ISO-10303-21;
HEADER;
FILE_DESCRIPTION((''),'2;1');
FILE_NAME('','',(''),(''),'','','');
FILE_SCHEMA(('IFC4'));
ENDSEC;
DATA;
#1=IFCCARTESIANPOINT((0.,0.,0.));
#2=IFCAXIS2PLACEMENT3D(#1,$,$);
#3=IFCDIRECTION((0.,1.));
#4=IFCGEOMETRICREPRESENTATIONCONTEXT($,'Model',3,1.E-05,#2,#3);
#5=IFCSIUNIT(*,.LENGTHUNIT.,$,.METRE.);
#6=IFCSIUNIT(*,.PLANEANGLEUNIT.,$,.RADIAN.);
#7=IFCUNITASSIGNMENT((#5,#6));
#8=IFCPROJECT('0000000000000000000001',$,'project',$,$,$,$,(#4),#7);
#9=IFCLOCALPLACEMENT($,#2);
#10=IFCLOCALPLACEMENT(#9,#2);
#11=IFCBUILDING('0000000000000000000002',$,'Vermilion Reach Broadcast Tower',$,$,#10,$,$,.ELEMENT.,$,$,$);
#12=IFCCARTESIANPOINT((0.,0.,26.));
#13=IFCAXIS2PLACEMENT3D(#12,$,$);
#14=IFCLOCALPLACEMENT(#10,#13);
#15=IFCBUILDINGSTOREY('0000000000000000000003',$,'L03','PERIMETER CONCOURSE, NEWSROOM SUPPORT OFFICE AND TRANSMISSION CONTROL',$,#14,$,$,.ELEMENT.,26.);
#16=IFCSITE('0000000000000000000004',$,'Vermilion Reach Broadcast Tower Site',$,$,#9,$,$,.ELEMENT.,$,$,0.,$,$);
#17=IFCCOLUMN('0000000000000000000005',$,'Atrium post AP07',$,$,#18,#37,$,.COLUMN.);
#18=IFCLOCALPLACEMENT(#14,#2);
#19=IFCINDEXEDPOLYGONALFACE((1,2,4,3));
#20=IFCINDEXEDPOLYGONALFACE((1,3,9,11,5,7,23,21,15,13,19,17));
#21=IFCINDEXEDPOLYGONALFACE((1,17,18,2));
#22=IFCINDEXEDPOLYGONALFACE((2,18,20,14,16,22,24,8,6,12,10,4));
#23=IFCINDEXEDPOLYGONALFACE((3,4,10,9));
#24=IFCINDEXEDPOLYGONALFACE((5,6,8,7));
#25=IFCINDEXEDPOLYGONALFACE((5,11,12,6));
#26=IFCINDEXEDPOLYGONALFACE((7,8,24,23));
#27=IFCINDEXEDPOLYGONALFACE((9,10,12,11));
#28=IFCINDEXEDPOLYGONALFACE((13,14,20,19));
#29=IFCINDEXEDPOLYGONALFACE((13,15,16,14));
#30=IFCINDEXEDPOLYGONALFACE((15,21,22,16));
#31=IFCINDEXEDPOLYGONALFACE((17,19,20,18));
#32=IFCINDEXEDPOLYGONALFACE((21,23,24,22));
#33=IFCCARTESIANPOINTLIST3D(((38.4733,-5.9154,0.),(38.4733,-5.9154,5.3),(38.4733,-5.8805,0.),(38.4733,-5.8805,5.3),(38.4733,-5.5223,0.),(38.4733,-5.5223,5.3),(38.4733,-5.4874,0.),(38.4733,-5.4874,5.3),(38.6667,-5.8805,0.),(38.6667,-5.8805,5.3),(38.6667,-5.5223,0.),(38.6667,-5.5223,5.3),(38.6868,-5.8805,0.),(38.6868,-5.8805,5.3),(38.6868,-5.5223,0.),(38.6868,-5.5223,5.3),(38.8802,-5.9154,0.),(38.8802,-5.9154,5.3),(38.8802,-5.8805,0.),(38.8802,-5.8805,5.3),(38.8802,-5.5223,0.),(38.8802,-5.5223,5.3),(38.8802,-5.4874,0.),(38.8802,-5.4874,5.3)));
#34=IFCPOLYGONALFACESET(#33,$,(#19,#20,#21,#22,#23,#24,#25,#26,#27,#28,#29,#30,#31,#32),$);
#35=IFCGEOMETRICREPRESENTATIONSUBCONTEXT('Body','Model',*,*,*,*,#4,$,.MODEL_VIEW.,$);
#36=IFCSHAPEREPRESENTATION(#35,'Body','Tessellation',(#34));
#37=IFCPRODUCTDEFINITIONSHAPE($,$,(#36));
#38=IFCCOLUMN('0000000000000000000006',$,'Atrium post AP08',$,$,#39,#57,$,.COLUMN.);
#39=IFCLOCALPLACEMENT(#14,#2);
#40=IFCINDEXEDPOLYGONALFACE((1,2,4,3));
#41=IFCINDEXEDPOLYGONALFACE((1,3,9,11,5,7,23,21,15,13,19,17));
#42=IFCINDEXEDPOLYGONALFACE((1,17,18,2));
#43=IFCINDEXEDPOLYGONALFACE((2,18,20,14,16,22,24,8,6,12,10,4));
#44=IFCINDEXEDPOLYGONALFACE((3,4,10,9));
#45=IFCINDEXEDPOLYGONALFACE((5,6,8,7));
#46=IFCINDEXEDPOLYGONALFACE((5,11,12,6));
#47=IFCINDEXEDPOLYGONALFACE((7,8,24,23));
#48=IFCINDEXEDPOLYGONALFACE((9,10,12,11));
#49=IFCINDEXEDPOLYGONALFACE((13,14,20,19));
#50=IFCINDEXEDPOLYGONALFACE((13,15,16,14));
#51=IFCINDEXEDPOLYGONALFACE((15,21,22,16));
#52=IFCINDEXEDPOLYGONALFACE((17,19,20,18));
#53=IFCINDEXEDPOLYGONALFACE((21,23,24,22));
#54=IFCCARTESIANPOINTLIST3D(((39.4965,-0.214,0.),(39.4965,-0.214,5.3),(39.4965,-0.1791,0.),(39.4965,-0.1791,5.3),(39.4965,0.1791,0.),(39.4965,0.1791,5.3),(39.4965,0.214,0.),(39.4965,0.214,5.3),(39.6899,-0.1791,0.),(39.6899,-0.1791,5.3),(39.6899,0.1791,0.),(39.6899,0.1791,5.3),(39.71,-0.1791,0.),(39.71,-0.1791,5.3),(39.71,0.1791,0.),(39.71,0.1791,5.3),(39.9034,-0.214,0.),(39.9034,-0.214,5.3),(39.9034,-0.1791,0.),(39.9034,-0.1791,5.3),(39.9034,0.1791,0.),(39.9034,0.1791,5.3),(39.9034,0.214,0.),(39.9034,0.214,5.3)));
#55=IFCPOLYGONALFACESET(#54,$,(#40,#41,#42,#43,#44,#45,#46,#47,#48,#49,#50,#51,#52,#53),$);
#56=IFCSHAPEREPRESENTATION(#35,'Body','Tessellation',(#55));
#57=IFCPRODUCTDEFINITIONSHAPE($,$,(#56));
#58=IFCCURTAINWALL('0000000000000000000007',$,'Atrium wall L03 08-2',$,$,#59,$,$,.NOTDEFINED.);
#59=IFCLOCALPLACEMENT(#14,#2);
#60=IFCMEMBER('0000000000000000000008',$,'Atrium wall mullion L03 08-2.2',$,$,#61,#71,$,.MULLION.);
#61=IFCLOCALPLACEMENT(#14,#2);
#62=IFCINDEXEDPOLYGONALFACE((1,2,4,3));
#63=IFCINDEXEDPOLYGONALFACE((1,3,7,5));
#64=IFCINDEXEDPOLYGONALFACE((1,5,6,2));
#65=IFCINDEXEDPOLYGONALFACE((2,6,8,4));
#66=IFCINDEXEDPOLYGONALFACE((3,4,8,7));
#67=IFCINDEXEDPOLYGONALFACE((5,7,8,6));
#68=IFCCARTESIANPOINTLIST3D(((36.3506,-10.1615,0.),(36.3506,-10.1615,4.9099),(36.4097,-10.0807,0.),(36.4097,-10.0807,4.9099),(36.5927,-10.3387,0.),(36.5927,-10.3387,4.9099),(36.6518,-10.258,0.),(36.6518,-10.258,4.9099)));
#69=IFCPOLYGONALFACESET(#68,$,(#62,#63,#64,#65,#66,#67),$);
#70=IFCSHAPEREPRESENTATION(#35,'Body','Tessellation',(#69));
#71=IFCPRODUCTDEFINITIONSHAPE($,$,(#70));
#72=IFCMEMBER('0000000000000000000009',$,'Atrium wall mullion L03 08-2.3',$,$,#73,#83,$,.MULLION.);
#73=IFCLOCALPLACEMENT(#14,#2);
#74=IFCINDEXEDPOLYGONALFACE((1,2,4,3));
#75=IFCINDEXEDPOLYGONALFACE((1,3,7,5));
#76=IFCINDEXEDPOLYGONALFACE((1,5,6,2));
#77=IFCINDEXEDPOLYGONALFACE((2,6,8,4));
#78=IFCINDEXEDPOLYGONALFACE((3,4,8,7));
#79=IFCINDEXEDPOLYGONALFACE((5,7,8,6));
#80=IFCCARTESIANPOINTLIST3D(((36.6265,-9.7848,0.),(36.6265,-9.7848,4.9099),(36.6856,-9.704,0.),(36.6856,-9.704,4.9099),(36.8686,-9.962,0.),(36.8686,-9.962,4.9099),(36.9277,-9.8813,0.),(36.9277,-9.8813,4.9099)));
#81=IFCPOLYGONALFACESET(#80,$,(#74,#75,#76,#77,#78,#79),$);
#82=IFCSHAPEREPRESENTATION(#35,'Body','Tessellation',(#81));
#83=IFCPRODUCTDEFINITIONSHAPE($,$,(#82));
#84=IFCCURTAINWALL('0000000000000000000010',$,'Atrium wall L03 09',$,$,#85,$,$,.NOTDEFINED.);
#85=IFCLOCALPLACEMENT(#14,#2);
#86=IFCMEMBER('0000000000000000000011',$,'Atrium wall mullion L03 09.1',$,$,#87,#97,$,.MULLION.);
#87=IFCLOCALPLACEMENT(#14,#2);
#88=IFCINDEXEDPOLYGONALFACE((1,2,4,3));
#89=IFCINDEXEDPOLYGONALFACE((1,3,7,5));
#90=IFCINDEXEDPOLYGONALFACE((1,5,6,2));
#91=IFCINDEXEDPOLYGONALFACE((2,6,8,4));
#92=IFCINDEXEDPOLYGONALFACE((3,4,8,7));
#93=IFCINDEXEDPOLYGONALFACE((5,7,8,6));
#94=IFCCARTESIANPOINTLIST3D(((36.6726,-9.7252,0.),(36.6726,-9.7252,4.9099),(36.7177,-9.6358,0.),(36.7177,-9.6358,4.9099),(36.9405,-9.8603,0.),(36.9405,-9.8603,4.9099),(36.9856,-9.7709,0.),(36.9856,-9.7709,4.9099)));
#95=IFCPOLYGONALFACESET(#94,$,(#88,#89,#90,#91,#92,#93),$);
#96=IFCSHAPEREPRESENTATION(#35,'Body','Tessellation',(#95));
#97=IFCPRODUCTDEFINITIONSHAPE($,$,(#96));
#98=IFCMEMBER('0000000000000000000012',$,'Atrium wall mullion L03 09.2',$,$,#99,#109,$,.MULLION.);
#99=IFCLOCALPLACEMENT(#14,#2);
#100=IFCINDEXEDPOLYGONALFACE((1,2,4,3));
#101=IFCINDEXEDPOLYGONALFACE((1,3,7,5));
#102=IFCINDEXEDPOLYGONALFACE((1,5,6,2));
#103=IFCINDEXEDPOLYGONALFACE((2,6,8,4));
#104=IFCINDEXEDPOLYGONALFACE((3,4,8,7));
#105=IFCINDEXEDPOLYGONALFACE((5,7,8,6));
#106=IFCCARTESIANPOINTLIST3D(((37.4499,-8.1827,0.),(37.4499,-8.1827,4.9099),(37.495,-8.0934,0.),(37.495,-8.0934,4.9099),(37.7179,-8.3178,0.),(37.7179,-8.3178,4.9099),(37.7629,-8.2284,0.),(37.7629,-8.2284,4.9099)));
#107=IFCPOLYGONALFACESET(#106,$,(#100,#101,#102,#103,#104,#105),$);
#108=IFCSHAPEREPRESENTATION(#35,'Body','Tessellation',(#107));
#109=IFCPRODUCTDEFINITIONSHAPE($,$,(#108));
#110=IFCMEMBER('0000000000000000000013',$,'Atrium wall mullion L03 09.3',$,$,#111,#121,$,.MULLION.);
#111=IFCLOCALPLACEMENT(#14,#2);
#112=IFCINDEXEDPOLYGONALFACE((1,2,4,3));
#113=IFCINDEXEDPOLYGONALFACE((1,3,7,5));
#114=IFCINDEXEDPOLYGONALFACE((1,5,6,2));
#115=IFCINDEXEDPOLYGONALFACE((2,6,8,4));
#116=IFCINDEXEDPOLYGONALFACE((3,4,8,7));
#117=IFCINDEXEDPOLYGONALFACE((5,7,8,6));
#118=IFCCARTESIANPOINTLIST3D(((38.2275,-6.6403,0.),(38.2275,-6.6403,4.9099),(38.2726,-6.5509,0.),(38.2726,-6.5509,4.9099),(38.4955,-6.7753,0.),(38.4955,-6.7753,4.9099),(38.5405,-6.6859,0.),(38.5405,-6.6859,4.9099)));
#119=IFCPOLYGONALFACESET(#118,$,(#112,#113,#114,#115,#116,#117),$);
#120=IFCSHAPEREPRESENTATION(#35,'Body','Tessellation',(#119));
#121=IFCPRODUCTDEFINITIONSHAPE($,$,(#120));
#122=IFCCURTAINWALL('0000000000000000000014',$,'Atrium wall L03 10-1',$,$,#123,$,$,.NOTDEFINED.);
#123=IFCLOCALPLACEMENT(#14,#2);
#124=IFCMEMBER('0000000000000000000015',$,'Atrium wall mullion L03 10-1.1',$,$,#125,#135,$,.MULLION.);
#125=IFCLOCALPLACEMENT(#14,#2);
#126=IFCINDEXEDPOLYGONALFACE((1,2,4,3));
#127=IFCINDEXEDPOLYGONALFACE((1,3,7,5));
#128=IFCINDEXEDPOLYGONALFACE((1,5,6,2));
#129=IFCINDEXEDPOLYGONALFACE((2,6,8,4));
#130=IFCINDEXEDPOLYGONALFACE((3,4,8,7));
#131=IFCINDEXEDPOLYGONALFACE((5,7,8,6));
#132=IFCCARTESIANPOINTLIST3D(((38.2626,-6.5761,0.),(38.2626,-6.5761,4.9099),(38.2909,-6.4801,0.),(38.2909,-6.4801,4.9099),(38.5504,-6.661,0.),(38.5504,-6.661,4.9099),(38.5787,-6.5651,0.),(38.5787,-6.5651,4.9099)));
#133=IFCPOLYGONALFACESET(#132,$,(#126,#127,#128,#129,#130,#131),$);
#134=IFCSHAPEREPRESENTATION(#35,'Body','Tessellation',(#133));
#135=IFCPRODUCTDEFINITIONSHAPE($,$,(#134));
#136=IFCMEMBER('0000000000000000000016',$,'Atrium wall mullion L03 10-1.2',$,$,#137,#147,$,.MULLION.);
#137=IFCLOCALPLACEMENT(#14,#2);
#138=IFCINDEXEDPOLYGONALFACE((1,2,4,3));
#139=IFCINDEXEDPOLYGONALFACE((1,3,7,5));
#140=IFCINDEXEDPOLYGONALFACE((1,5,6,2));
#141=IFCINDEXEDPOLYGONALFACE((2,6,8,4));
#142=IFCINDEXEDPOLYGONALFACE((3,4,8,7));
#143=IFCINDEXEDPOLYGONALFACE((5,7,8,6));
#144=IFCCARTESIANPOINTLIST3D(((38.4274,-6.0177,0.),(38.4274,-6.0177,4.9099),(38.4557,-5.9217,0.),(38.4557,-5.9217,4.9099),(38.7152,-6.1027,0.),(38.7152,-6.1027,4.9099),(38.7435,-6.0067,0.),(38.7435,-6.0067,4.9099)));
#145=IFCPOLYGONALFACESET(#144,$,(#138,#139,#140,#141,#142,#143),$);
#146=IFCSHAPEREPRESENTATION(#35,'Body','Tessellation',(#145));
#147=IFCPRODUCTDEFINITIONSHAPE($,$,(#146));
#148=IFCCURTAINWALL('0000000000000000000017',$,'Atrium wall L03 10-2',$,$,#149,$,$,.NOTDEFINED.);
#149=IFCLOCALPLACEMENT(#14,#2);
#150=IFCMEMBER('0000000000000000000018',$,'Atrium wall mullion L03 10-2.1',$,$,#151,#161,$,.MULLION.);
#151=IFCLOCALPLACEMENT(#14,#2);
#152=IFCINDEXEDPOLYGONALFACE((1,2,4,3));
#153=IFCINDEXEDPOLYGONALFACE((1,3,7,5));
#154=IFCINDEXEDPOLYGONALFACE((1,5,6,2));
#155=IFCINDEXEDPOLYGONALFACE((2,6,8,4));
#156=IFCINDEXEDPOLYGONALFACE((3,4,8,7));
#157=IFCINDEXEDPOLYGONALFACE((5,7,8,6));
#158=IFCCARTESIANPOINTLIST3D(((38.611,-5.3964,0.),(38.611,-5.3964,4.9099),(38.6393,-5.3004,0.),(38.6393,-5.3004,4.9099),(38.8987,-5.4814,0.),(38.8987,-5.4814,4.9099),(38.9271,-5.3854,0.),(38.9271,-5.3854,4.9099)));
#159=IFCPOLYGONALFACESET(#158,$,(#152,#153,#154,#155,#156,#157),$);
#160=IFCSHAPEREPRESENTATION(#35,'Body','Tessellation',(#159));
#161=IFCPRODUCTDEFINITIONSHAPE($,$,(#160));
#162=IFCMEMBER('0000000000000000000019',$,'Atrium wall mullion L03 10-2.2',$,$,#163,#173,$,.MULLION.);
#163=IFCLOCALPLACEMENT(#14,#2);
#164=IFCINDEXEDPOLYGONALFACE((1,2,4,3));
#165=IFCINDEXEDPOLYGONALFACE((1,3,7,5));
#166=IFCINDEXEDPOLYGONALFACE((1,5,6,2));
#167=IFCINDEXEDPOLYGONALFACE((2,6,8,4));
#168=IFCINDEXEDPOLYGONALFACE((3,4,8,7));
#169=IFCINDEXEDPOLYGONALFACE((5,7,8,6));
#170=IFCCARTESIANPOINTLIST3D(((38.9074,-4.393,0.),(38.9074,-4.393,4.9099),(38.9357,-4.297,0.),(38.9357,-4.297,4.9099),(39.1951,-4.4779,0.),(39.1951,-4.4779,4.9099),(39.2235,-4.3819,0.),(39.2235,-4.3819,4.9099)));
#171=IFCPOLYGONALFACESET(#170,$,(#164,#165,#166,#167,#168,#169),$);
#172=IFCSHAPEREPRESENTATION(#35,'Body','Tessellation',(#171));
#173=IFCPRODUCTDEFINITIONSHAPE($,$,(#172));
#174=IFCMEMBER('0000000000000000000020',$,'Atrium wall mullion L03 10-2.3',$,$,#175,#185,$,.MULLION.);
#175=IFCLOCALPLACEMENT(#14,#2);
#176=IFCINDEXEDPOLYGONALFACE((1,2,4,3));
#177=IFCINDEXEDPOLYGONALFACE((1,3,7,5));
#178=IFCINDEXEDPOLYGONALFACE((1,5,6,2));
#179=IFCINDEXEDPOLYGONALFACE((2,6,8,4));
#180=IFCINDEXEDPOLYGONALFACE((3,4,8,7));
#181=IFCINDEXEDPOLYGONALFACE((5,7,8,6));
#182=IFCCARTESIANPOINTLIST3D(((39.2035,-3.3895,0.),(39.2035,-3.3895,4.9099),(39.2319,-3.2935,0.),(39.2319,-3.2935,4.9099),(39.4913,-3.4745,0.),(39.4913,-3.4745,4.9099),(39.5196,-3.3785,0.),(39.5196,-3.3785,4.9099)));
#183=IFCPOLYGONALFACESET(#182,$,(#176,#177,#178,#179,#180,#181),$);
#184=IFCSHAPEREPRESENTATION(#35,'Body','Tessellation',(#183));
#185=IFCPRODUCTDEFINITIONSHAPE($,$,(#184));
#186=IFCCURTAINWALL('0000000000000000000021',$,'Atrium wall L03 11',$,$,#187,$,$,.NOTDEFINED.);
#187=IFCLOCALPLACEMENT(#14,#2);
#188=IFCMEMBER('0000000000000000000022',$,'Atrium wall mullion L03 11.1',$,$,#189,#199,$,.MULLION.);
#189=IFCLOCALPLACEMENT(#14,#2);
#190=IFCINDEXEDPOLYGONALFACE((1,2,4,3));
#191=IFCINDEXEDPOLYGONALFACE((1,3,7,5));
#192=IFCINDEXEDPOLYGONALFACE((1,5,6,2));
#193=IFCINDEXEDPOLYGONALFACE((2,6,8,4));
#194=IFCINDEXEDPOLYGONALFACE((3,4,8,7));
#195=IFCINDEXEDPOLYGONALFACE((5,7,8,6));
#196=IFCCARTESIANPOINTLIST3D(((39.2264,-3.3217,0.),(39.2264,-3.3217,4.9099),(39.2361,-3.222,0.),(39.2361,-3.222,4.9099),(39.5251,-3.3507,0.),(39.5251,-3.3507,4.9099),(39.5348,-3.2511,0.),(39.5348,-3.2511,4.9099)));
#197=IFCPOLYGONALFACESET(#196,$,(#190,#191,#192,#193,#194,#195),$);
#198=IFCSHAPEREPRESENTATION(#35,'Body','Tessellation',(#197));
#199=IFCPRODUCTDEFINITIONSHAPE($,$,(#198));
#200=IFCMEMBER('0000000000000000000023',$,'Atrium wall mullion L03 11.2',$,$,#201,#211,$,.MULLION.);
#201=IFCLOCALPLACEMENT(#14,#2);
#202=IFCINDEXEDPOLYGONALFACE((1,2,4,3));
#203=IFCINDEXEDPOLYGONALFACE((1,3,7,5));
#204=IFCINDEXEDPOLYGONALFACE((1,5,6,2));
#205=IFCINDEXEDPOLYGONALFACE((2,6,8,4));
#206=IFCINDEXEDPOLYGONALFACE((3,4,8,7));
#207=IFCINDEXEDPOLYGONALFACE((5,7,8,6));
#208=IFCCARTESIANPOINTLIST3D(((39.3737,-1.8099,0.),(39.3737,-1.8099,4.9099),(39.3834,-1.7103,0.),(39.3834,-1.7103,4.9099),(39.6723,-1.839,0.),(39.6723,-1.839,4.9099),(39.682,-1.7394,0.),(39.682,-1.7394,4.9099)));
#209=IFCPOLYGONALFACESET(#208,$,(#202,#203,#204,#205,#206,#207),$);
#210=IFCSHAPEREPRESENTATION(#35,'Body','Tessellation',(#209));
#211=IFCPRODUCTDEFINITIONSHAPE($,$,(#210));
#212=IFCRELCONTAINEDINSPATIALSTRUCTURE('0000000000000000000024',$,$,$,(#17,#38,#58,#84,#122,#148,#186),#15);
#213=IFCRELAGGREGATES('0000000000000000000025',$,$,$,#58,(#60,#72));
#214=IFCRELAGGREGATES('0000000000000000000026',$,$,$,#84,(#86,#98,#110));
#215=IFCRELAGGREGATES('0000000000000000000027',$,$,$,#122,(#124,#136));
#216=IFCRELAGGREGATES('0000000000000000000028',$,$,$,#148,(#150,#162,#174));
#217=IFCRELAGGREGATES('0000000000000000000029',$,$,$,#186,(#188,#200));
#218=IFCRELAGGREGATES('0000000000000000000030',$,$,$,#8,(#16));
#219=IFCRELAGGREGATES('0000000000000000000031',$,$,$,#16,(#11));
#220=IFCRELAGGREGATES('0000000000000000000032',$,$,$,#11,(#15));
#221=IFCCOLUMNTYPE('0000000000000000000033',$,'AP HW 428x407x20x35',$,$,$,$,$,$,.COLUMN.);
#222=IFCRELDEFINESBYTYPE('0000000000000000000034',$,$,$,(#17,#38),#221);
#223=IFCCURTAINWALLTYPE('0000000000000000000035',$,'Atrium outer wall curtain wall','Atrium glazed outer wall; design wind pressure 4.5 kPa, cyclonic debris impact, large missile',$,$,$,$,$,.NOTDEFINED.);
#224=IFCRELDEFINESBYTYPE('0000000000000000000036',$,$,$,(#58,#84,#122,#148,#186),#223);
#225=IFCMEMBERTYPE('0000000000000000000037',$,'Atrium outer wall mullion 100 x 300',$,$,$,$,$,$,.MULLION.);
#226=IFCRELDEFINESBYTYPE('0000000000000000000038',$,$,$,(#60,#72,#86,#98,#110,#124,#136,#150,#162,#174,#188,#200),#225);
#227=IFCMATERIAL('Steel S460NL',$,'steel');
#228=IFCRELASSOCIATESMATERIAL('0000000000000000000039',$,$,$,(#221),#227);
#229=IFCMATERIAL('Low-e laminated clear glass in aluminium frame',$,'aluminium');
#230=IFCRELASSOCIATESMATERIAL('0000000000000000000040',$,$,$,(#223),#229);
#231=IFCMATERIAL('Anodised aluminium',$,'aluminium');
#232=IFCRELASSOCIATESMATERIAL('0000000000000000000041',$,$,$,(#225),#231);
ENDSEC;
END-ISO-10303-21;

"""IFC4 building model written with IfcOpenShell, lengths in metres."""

from ifc_helpers import new_model, si_unit, direction, frame, origin, origin_2d, place, context, subcontext, project, spatial, rectangle, i_section, extrude, material, material_profile, profile_set, type_object, element, aggregate, save


model = new_model("IFC4")

# Units and contexts
model_context = context("Model", 3, precision=1e-05, world=origin(), true_north=direction((0.0, 1.0)))
body_context = subcontext(model_context, "Body", "Model", "MODEL_VIEW")
ifc_project = project(units=[si_unit("LENGTHUNIT", "METRE"), si_unit("PLANEANGLEUNIT", "RADIAN")], contexts=[model_context])

# Site, building, storey
site_placement = place(None, origin())
site = spatial("IfcSite", under=ifc_project, at=site_placement, Name="Vermilion Reach Broadcast Tower Site", CompositionType="ELEMENT", RefElevation=0.0)
building_placement = place(site_placement, origin())
building = spatial("IfcBuilding", under=site, at=building_placement, Name="Vermilion Reach Broadcast Tower", CompositionType="ELEMENT")
storey_placement = place(building_placement, frame((0.0, 0.0, 26.0)))
storey = spatial("IfcBuildingStorey", under=building, at=storey_placement, Name="L03", Description="PERIMETER CONCOURSE, NEWSROOM SUPPORT OFFICE AND TRANSMISSION CONTROL", CompositionType="ELEMENT", Elevation=26.0)

# Columns
ifc_material_1 = material(Name="Steel S460NL", Category="steel")
ifc_material_profile_1 = material_profile(ifc_material_1, i_section(OverallWidth=0.407, OverallDepth=0.428, WebThickness=0.02, FlangeThickness=0.0349, at=origin_2d()), Name="S460NL HW 428x407x20x35")
ifc_profile_set_1 = profile_set([ifc_material_profile_1], Name="Steel S460NL")
column_type = type_object("IfcColumnType", Name="AP HW 428x407x20x35", PredefinedType="COLUMN", material=ifc_profile_set_1)
for number, where, z_axis, x_axis, name in (
    (1, (38.6768, -5.7014, 0.0), (0.0, 0.0, 1.0), (1.0, 0.0, 0.0), "Atrium post AP07"),
    (2, (39.7, 0.0, 0.0), (0.0, 0.0, 1.0), (1.0, 0.0, 0.0), "Atrium post AP08"),
):
    element("IfcColumn", number, at=place(storey_placement, frame(where, z_axis=z_axis, x_axis=x_axis)), inside=storey, type_object=column_type, Name=name, PredefinedType="COLUMN", context=body_context, shape_type="SweptSolid", body=[
        extrude(i_section(OverallWidth=0.407, OverallDepth=0.428, WebThickness=0.02, FlangeThickness=0.0349, at=origin_2d()), origin(), (0.0, 0.0, 1.0), 5.3),
    ])

# Curtain walls, members
ifc_material_2 = material(Name="Low-e laminated clear glass in aluminium frame", Category="aluminium")
curtain_wall_type = type_object("IfcCurtainWallType", Name="Atrium outer wall curtain wall", Description="Atrium glazed outer wall; design wind pressure 4.5 kPa, cyclonic debris impact, large missile", PredefinedType="NOTDEFINED", material=ifc_material_2)
placement = place(storey_placement, origin())
curtain_wall_1 = element("IfcCurtainWall", 3, at=placement, inside=storey, type_object=curtain_wall_type, Name="Atrium wall L03 08-2", PredefinedType="NOTDEFINED")
ifc_material_3 = material(Name="Anodised aluminium", Category="aluminium")
ifc_material_profile_2 = material_profile(ifc_material_3, rectangle(XDim=0.3, YDim=0.1001, at=origin_2d()), Name="Atrium outer wall mullion 100 x 300")
ifc_profile_set_2 = profile_set([ifc_material_profile_2], Name="Anodised aluminium")
member_type_1 = type_object("IfcMemberType", Name="Atrium outer wall mullion 100 x 300", PredefinedType="MULLION", material=ifc_profile_set_2)
member_1_placement = place(storey_placement, frame((36.5012, -10.2097, 0.0), z_axis=(0.0, 0.0, 1.0), x_axis=(-0.806847, 0.59076, 0.0)))
member_1 = element("IfcMember", 4, at=member_1_placement, type_object=member_type_1, Name="Atrium wall mullion L03 08-2.2", PredefinedType="MULLION", context=body_context, shape_type="SweptSolid", body=[
    extrude(rectangle(XDim=0.3, YDim=0.1001, at=origin_2d()), origin(), (0.0, 0.0, 1.0), 4.9099),
])
member_2_placement = place(storey_placement, frame((36.7771, -9.833, 0.0), z_axis=(0.0, 0.0, 1.0), x_axis=(-0.806847, 0.59076, 0.0)))
member_2 = element("IfcMember", 5, at=member_2_placement, type_object=member_type_1, Name="Atrium wall mullion L03 08-2.3", PredefinedType="MULLION", context=body_context, shape_type="SweptSolid", body=[
    extrude(rectangle(XDim=0.3, YDim=0.1001, at=origin_2d()), origin(), (0.0, 0.0, 1.0), 4.9099),
])
curtain_wall_2 = element("IfcCurtainWall", 6, at=placement, inside=storey, type_object=curtain_wall_type, Name="Atrium wall L03 09", PredefinedType="NOTDEFINED")
member_3_placement = place(storey_placement, frame((36.8291, -9.748, 0.0), z_axis=(0.0, 0.0, 1.0), x_axis=(-0.892992, 0.450072, 0.0)))
member_3 = element("IfcMember", 7, at=member_3_placement, type_object=member_type_1, Name="Atrium wall mullion L03 09.1", PredefinedType="MULLION", context=body_context, shape_type="SweptSolid", body=[
    extrude(rectangle(XDim=0.3, YDim=0.1001, at=origin_2d()), origin(), (0.0, 0.0, 1.0), 4.9099),
])
member_4_placement = place(storey_placement, frame((37.6064, -8.2056, 0.0), z_axis=(0.0, 0.0, 1.0), x_axis=(-0.892992, 0.450072, 0.0)))
member_4 = element("IfcMember", 8, at=member_4_placement, type_object=member_type_1, Name="Atrium wall mullion L03 09.2", PredefinedType="MULLION", context=body_context, shape_type="SweptSolid", body=[
    extrude(rectangle(XDim=0.3, YDim=0.1001, at=origin_2d()), origin(), (0.0, 0.0, 1.0), 4.9099),
])
member_5_placement = place(storey_placement, frame((38.384, -6.6631, 0.0), z_axis=(0.0, 0.0, 1.0), x_axis=(-0.892992, 0.450072, 0.0)))
member_5 = element("IfcMember", 9, at=member_5_placement, type_object=member_type_1, Name="Atrium wall mullion L03 09.3", PredefinedType="MULLION", context=body_context, shape_type="SweptSolid", body=[
    extrude(rectangle(XDim=0.3, YDim=0.1001, at=origin_2d()), origin(), (0.0, 0.0, 1.0), 4.9099),
])
curtain_wall_3 = element("IfcCurtainWall", 10, at=placement, inside=storey, type_object=curtain_wall_type, Name="Atrium wall L03 10-1", PredefinedType="NOTDEFINED")
member_6_placement = place(storey_placement, frame((38.4207, -6.5706, 0.0), z_axis=(0.0, 0.0, 1.0), x_axis=(-0.959048, 0.283245, 0.0)))
member_6 = element("IfcMember", 11, at=member_6_placement, type_object=member_type_1, Name="Atrium wall mullion L03 10-1.1", PredefinedType="MULLION", context=body_context, shape_type="SweptSolid", body=[
    extrude(rectangle(XDim=0.3, YDim=0.1001, at=origin_2d()), origin(), (0.0, 0.0, 1.0), 4.9099),
])
member_7_placement = place(storey_placement, frame((38.5854, -6.0122, 0.0), z_axis=(0.0, 0.0, 1.0), x_axis=(-0.959048, 0.283245, 0.0)))
member_7 = element("IfcMember", 12, at=member_7_placement, type_object=member_type_1, Name="Atrium wall mullion L03 10-1.2", PredefinedType="MULLION", context=body_context, shape_type="SweptSolid", body=[
    extrude(rectangle(XDim=0.3, YDim=0.1001, at=origin_2d()), origin(), (0.0, 0.0, 1.0), 4.9099),
])
curtain_wall_4 = element("IfcCurtainWall", 13, at=placement, inside=storey, type_object=curtain_wall_type, Name="Atrium wall L03 10-2", PredefinedType="NOTDEFINED")
member_8_placement = place(storey_placement, frame((38.769, -5.3909, 0.0), z_axis=(0.0, 0.0, 1.0), x_axis=(-0.959048, 0.283245, 0.0)))
member_8 = element("IfcMember", 14, at=member_8_placement, type_object=member_type_1, Name="Atrium wall mullion L03 10-2.1", PredefinedType="MULLION", context=body_context, shape_type="SweptSolid", body=[
    extrude(rectangle(XDim=0.3, YDim=0.1001, at=origin_2d()), origin(), (0.0, 0.0, 1.0), 4.9099),
])
member_9_placement = place(storey_placement, frame((39.0654, -4.3875, 0.0), z_axis=(0.0, 0.0, 1.0), x_axis=(-0.959048, 0.283245, 0.0)))
member_9 = element("IfcMember", 15, at=member_9_placement, type_object=member_type_1, Name="Atrium wall mullion L03 10-2.2", PredefinedType="MULLION", context=body_context, shape_type="SweptSolid", body=[
    extrude(rectangle(XDim=0.3, YDim=0.1001, at=origin_2d()), origin(), (0.0, 0.0, 1.0), 4.9099),
])
member_10_placement = place(storey_placement, frame((39.3616, -3.384, 0.0), z_axis=(0.0, 0.0, 1.0), x_axis=(-0.959048, 0.283245, 0.0)))
member_10 = element("IfcMember", 16, at=member_10_placement, type_object=member_type_1, Name="Atrium wall mullion L03 10-2.3", PredefinedType="MULLION", context=body_context, shape_type="SweptSolid", body=[
    extrude(rectangle(XDim=0.3, YDim=0.1001, at=origin_2d()), origin(), (0.0, 0.0, 1.0), 4.9099),
])
curtain_wall_5 = element("IfcCurtainWall", 17, at=placement, inside=storey, type_object=curtain_wall_type, Name="Atrium wall L03 11", PredefinedType="NOTDEFINED")
member_11_placement = place(storey_placement, frame((39.3806, -3.2864, 0.0), z_axis=(0.0, 0.0, 1.0), x_axis=(-0.995298, 0.096861, 0.0)))
member_11 = element("IfcMember", 18, at=member_11_placement, type_object=member_type_1, Name="Atrium wall mullion L03 11.1", PredefinedType="MULLION", context=body_context, shape_type="SweptSolid", body=[
    extrude(rectangle(XDim=0.3, YDim=0.1001, at=origin_2d()), origin(), (0.0, 0.0, 1.0), 4.9099),
])
member_12_placement = place(storey_placement, frame((39.5278, -1.7747, 0.0), z_axis=(0.0, 0.0, 1.0), x_axis=(-0.995298, 0.096861, 0.0)))
member_12 = element("IfcMember", 19, at=member_12_placement, type_object=member_type_1, Name="Atrium wall mullion L03 11.2", PredefinedType="MULLION", context=body_context, shape_type="SweptSolid", body=[
    extrude(rectangle(XDim=0.3, YDim=0.1001, at=origin_2d()), origin(), (0.0, 0.0, 1.0), 4.9099),
])

aggregate(curtain_wall_1, [member_1, member_2])
aggregate(curtain_wall_2, [member_3, member_4, member_5])
aggregate(curtain_wall_3, [member_6, member_7])
aggregate(curtain_wall_4, [member_8, member_9, member_10])
aggregate(curtain_wall_5, [member_11, member_12])

save(model, "model.ifc")
